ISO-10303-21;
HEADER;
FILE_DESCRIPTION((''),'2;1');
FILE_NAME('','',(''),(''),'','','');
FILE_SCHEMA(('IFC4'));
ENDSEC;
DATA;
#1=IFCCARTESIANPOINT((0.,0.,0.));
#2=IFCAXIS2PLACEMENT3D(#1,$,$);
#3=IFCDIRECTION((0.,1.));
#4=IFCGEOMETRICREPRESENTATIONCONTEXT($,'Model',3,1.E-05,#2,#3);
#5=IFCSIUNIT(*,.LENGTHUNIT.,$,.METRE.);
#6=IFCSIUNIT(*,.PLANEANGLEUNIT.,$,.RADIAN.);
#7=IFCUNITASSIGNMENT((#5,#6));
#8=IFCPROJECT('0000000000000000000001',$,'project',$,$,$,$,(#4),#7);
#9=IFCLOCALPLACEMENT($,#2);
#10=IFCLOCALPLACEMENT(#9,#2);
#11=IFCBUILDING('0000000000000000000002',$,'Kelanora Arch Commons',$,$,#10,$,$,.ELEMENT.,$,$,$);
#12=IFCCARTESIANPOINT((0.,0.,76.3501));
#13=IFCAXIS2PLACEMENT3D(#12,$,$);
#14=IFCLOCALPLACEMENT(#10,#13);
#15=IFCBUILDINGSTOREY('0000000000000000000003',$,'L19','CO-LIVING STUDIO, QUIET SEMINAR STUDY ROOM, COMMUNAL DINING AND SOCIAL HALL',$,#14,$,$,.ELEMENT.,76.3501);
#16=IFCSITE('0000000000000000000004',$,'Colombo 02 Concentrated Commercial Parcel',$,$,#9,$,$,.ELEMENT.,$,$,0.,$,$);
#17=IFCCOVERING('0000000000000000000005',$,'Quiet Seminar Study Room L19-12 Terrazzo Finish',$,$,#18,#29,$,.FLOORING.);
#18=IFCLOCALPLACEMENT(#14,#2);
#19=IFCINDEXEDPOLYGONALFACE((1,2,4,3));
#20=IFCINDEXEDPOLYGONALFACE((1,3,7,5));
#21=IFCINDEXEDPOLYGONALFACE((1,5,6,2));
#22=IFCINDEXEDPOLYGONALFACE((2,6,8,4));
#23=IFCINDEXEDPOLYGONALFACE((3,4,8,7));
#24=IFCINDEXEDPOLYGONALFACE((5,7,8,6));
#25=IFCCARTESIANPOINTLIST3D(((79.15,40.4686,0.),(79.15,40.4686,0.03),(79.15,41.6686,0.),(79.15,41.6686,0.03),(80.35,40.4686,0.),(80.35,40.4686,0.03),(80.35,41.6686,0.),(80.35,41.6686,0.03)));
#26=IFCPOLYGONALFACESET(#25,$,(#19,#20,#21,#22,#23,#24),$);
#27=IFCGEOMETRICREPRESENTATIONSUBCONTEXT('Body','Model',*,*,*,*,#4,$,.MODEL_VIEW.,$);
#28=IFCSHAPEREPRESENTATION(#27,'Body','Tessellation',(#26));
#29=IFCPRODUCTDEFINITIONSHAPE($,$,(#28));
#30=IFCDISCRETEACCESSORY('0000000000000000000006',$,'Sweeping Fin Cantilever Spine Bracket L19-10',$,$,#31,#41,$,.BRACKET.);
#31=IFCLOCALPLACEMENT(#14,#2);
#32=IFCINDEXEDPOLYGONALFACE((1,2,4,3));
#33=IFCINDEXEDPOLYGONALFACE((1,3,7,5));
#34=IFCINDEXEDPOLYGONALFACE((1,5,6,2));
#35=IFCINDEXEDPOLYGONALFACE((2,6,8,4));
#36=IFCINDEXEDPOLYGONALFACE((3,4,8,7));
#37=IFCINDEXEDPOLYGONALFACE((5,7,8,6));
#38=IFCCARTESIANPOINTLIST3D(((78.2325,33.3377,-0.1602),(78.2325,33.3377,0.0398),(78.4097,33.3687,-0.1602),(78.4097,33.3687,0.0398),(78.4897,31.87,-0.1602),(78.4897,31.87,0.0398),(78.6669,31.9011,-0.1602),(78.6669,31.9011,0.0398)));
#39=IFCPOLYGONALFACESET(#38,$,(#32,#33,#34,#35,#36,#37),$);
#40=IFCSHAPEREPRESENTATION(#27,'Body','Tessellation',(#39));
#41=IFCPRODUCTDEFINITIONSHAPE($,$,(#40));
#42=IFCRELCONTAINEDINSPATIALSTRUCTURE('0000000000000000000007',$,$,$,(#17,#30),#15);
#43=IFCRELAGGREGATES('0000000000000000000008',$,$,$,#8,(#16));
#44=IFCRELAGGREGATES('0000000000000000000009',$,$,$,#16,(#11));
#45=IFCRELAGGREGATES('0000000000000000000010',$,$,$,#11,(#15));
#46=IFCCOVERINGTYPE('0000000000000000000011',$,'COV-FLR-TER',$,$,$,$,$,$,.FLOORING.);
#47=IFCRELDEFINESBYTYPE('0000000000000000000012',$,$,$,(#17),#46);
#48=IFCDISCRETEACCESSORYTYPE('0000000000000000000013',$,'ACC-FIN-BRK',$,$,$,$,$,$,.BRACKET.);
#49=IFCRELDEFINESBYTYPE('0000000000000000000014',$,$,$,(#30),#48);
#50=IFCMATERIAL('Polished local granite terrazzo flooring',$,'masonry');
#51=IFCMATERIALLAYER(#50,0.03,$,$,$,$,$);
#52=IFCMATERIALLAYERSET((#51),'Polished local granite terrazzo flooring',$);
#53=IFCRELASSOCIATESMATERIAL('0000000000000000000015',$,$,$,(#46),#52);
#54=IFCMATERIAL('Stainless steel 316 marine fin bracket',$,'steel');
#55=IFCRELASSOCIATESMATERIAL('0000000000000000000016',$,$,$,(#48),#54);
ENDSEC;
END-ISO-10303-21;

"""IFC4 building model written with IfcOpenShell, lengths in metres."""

from ifc_helpers import new_model, si_unit, direction, frame, origin, origin_2d, place, context, subcontext, project, spatial, rectangle, extrude, source, transform, mapped, material, layer, layer_set, type_object, element, save


model = new_model("IFC4")

# Units and contexts
model_context = context("Model", 3, precision=1e-05, world=origin(), true_north=direction((0.0, 1.0)))
body_context = subcontext(model_context, "Body", "Model", "MODEL_VIEW")
ifc_project = project(units=[si_unit("LENGTHUNIT", "METRE"), si_unit("PLANEANGLEUNIT", "RADIAN")], contexts=[model_context])

# Site, building, storey
site_placement = place(None, origin())
site = spatial("IfcSite", under=ifc_project, at=site_placement, Name="Colombo 02 Concentrated Commercial Parcel", CompositionType="ELEMENT", RefElevation=0.0)
building_placement = place(site_placement, origin())
building = spatial("IfcBuilding", under=site, at=building_placement, Name="Kelanora Arch Commons", CompositionType="ELEMENT")
storey_placement = place(building_placement, frame((0.0, 0.0, 76.3501)))
storey = spatial("IfcBuildingStorey", under=building, at=storey_placement, Name="L19", Description="CO-LIVING STUDIO, QUIET SEMINAR STUDY ROOM, COMMUNAL DINING AND SOCIAL HALL", CompositionType="ELEMENT", Elevation=76.3501)

# Covering
ifc_material_1 = material(Name="Polished local granite terrazzo flooring", Category="masonry")
ifc_layer_1 = layer(ifc_material_1, 0.03)
ifc_layer_set_1 = layer_set([ifc_layer_1], Name="Polished local granite terrazzo flooring")
covering_type = type_object("IfcCoveringType", Name="COV-FLR-TER", PredefinedType="FLOORING", material=ifc_layer_set_1)
shared_shape_1 = source(origin(), body_context, "Body", "SweptSolid", [
    extrude(rectangle(XDim=1.2, YDim=1.2, at=origin_2d()), origin(), (0.0, 0.0, 1.0), 0.03),
])
covering_placement = place(storey_placement, frame((79.75, 41.0686, 0.0), z_axis=(0.0, 0.0, 1.0), x_axis=(1.0, 0.0, 0.0)))
element("IfcCovering", 1, at=covering_placement, inside=storey, type_object=covering_type, Name="Quiet Seminar Study Room L19-12 Terrazzo Finish", PredefinedType="FLOORING", context=body_context, shape_type="MappedRepresentation", body=[
    mapped(shared_shape_1, transform((0.0, 0.0, 0.0), scale=1.0)),
])

# Discrete accessory
ifc_material_2 = material(Name="Stainless steel 316 marine fin bracket", Category="steel")
discrete_accessory_type = type_object("IfcDiscreteAccessoryType", Name="ACC-FIN-BRK", PredefinedType="BRACKET", material=ifc_material_2)
shared_shape_2 = source(origin(), body_context, "Body", "SweptSolid", [
    extrude(rectangle(XDim=1.49, YDim=0.1799, at=origin_2d()), origin(), (0.0, 0.0, 1.0), 0.2),
])
discrete_accessory_placement = place(storey_placement, frame((78.4497, 32.6194, -0.1602), z_axis=(0.0, 0.0, 1.0), x_axis=(0.172617, -0.984989, 0.0)))
element("IfcDiscreteAccessory", 2, at=discrete_accessory_placement, inside=storey, type_object=discrete_accessory_type, Name="Sweeping Fin Cantilever Spine Bracket L19-10", PredefinedType="BRACKET", context=body_context, shape_type="MappedRepresentation", body=[
    mapped(shared_shape_2, transform((0.0, 0.0, 0.0), scale=1.0)),
])

save(model, "model.ifc")
